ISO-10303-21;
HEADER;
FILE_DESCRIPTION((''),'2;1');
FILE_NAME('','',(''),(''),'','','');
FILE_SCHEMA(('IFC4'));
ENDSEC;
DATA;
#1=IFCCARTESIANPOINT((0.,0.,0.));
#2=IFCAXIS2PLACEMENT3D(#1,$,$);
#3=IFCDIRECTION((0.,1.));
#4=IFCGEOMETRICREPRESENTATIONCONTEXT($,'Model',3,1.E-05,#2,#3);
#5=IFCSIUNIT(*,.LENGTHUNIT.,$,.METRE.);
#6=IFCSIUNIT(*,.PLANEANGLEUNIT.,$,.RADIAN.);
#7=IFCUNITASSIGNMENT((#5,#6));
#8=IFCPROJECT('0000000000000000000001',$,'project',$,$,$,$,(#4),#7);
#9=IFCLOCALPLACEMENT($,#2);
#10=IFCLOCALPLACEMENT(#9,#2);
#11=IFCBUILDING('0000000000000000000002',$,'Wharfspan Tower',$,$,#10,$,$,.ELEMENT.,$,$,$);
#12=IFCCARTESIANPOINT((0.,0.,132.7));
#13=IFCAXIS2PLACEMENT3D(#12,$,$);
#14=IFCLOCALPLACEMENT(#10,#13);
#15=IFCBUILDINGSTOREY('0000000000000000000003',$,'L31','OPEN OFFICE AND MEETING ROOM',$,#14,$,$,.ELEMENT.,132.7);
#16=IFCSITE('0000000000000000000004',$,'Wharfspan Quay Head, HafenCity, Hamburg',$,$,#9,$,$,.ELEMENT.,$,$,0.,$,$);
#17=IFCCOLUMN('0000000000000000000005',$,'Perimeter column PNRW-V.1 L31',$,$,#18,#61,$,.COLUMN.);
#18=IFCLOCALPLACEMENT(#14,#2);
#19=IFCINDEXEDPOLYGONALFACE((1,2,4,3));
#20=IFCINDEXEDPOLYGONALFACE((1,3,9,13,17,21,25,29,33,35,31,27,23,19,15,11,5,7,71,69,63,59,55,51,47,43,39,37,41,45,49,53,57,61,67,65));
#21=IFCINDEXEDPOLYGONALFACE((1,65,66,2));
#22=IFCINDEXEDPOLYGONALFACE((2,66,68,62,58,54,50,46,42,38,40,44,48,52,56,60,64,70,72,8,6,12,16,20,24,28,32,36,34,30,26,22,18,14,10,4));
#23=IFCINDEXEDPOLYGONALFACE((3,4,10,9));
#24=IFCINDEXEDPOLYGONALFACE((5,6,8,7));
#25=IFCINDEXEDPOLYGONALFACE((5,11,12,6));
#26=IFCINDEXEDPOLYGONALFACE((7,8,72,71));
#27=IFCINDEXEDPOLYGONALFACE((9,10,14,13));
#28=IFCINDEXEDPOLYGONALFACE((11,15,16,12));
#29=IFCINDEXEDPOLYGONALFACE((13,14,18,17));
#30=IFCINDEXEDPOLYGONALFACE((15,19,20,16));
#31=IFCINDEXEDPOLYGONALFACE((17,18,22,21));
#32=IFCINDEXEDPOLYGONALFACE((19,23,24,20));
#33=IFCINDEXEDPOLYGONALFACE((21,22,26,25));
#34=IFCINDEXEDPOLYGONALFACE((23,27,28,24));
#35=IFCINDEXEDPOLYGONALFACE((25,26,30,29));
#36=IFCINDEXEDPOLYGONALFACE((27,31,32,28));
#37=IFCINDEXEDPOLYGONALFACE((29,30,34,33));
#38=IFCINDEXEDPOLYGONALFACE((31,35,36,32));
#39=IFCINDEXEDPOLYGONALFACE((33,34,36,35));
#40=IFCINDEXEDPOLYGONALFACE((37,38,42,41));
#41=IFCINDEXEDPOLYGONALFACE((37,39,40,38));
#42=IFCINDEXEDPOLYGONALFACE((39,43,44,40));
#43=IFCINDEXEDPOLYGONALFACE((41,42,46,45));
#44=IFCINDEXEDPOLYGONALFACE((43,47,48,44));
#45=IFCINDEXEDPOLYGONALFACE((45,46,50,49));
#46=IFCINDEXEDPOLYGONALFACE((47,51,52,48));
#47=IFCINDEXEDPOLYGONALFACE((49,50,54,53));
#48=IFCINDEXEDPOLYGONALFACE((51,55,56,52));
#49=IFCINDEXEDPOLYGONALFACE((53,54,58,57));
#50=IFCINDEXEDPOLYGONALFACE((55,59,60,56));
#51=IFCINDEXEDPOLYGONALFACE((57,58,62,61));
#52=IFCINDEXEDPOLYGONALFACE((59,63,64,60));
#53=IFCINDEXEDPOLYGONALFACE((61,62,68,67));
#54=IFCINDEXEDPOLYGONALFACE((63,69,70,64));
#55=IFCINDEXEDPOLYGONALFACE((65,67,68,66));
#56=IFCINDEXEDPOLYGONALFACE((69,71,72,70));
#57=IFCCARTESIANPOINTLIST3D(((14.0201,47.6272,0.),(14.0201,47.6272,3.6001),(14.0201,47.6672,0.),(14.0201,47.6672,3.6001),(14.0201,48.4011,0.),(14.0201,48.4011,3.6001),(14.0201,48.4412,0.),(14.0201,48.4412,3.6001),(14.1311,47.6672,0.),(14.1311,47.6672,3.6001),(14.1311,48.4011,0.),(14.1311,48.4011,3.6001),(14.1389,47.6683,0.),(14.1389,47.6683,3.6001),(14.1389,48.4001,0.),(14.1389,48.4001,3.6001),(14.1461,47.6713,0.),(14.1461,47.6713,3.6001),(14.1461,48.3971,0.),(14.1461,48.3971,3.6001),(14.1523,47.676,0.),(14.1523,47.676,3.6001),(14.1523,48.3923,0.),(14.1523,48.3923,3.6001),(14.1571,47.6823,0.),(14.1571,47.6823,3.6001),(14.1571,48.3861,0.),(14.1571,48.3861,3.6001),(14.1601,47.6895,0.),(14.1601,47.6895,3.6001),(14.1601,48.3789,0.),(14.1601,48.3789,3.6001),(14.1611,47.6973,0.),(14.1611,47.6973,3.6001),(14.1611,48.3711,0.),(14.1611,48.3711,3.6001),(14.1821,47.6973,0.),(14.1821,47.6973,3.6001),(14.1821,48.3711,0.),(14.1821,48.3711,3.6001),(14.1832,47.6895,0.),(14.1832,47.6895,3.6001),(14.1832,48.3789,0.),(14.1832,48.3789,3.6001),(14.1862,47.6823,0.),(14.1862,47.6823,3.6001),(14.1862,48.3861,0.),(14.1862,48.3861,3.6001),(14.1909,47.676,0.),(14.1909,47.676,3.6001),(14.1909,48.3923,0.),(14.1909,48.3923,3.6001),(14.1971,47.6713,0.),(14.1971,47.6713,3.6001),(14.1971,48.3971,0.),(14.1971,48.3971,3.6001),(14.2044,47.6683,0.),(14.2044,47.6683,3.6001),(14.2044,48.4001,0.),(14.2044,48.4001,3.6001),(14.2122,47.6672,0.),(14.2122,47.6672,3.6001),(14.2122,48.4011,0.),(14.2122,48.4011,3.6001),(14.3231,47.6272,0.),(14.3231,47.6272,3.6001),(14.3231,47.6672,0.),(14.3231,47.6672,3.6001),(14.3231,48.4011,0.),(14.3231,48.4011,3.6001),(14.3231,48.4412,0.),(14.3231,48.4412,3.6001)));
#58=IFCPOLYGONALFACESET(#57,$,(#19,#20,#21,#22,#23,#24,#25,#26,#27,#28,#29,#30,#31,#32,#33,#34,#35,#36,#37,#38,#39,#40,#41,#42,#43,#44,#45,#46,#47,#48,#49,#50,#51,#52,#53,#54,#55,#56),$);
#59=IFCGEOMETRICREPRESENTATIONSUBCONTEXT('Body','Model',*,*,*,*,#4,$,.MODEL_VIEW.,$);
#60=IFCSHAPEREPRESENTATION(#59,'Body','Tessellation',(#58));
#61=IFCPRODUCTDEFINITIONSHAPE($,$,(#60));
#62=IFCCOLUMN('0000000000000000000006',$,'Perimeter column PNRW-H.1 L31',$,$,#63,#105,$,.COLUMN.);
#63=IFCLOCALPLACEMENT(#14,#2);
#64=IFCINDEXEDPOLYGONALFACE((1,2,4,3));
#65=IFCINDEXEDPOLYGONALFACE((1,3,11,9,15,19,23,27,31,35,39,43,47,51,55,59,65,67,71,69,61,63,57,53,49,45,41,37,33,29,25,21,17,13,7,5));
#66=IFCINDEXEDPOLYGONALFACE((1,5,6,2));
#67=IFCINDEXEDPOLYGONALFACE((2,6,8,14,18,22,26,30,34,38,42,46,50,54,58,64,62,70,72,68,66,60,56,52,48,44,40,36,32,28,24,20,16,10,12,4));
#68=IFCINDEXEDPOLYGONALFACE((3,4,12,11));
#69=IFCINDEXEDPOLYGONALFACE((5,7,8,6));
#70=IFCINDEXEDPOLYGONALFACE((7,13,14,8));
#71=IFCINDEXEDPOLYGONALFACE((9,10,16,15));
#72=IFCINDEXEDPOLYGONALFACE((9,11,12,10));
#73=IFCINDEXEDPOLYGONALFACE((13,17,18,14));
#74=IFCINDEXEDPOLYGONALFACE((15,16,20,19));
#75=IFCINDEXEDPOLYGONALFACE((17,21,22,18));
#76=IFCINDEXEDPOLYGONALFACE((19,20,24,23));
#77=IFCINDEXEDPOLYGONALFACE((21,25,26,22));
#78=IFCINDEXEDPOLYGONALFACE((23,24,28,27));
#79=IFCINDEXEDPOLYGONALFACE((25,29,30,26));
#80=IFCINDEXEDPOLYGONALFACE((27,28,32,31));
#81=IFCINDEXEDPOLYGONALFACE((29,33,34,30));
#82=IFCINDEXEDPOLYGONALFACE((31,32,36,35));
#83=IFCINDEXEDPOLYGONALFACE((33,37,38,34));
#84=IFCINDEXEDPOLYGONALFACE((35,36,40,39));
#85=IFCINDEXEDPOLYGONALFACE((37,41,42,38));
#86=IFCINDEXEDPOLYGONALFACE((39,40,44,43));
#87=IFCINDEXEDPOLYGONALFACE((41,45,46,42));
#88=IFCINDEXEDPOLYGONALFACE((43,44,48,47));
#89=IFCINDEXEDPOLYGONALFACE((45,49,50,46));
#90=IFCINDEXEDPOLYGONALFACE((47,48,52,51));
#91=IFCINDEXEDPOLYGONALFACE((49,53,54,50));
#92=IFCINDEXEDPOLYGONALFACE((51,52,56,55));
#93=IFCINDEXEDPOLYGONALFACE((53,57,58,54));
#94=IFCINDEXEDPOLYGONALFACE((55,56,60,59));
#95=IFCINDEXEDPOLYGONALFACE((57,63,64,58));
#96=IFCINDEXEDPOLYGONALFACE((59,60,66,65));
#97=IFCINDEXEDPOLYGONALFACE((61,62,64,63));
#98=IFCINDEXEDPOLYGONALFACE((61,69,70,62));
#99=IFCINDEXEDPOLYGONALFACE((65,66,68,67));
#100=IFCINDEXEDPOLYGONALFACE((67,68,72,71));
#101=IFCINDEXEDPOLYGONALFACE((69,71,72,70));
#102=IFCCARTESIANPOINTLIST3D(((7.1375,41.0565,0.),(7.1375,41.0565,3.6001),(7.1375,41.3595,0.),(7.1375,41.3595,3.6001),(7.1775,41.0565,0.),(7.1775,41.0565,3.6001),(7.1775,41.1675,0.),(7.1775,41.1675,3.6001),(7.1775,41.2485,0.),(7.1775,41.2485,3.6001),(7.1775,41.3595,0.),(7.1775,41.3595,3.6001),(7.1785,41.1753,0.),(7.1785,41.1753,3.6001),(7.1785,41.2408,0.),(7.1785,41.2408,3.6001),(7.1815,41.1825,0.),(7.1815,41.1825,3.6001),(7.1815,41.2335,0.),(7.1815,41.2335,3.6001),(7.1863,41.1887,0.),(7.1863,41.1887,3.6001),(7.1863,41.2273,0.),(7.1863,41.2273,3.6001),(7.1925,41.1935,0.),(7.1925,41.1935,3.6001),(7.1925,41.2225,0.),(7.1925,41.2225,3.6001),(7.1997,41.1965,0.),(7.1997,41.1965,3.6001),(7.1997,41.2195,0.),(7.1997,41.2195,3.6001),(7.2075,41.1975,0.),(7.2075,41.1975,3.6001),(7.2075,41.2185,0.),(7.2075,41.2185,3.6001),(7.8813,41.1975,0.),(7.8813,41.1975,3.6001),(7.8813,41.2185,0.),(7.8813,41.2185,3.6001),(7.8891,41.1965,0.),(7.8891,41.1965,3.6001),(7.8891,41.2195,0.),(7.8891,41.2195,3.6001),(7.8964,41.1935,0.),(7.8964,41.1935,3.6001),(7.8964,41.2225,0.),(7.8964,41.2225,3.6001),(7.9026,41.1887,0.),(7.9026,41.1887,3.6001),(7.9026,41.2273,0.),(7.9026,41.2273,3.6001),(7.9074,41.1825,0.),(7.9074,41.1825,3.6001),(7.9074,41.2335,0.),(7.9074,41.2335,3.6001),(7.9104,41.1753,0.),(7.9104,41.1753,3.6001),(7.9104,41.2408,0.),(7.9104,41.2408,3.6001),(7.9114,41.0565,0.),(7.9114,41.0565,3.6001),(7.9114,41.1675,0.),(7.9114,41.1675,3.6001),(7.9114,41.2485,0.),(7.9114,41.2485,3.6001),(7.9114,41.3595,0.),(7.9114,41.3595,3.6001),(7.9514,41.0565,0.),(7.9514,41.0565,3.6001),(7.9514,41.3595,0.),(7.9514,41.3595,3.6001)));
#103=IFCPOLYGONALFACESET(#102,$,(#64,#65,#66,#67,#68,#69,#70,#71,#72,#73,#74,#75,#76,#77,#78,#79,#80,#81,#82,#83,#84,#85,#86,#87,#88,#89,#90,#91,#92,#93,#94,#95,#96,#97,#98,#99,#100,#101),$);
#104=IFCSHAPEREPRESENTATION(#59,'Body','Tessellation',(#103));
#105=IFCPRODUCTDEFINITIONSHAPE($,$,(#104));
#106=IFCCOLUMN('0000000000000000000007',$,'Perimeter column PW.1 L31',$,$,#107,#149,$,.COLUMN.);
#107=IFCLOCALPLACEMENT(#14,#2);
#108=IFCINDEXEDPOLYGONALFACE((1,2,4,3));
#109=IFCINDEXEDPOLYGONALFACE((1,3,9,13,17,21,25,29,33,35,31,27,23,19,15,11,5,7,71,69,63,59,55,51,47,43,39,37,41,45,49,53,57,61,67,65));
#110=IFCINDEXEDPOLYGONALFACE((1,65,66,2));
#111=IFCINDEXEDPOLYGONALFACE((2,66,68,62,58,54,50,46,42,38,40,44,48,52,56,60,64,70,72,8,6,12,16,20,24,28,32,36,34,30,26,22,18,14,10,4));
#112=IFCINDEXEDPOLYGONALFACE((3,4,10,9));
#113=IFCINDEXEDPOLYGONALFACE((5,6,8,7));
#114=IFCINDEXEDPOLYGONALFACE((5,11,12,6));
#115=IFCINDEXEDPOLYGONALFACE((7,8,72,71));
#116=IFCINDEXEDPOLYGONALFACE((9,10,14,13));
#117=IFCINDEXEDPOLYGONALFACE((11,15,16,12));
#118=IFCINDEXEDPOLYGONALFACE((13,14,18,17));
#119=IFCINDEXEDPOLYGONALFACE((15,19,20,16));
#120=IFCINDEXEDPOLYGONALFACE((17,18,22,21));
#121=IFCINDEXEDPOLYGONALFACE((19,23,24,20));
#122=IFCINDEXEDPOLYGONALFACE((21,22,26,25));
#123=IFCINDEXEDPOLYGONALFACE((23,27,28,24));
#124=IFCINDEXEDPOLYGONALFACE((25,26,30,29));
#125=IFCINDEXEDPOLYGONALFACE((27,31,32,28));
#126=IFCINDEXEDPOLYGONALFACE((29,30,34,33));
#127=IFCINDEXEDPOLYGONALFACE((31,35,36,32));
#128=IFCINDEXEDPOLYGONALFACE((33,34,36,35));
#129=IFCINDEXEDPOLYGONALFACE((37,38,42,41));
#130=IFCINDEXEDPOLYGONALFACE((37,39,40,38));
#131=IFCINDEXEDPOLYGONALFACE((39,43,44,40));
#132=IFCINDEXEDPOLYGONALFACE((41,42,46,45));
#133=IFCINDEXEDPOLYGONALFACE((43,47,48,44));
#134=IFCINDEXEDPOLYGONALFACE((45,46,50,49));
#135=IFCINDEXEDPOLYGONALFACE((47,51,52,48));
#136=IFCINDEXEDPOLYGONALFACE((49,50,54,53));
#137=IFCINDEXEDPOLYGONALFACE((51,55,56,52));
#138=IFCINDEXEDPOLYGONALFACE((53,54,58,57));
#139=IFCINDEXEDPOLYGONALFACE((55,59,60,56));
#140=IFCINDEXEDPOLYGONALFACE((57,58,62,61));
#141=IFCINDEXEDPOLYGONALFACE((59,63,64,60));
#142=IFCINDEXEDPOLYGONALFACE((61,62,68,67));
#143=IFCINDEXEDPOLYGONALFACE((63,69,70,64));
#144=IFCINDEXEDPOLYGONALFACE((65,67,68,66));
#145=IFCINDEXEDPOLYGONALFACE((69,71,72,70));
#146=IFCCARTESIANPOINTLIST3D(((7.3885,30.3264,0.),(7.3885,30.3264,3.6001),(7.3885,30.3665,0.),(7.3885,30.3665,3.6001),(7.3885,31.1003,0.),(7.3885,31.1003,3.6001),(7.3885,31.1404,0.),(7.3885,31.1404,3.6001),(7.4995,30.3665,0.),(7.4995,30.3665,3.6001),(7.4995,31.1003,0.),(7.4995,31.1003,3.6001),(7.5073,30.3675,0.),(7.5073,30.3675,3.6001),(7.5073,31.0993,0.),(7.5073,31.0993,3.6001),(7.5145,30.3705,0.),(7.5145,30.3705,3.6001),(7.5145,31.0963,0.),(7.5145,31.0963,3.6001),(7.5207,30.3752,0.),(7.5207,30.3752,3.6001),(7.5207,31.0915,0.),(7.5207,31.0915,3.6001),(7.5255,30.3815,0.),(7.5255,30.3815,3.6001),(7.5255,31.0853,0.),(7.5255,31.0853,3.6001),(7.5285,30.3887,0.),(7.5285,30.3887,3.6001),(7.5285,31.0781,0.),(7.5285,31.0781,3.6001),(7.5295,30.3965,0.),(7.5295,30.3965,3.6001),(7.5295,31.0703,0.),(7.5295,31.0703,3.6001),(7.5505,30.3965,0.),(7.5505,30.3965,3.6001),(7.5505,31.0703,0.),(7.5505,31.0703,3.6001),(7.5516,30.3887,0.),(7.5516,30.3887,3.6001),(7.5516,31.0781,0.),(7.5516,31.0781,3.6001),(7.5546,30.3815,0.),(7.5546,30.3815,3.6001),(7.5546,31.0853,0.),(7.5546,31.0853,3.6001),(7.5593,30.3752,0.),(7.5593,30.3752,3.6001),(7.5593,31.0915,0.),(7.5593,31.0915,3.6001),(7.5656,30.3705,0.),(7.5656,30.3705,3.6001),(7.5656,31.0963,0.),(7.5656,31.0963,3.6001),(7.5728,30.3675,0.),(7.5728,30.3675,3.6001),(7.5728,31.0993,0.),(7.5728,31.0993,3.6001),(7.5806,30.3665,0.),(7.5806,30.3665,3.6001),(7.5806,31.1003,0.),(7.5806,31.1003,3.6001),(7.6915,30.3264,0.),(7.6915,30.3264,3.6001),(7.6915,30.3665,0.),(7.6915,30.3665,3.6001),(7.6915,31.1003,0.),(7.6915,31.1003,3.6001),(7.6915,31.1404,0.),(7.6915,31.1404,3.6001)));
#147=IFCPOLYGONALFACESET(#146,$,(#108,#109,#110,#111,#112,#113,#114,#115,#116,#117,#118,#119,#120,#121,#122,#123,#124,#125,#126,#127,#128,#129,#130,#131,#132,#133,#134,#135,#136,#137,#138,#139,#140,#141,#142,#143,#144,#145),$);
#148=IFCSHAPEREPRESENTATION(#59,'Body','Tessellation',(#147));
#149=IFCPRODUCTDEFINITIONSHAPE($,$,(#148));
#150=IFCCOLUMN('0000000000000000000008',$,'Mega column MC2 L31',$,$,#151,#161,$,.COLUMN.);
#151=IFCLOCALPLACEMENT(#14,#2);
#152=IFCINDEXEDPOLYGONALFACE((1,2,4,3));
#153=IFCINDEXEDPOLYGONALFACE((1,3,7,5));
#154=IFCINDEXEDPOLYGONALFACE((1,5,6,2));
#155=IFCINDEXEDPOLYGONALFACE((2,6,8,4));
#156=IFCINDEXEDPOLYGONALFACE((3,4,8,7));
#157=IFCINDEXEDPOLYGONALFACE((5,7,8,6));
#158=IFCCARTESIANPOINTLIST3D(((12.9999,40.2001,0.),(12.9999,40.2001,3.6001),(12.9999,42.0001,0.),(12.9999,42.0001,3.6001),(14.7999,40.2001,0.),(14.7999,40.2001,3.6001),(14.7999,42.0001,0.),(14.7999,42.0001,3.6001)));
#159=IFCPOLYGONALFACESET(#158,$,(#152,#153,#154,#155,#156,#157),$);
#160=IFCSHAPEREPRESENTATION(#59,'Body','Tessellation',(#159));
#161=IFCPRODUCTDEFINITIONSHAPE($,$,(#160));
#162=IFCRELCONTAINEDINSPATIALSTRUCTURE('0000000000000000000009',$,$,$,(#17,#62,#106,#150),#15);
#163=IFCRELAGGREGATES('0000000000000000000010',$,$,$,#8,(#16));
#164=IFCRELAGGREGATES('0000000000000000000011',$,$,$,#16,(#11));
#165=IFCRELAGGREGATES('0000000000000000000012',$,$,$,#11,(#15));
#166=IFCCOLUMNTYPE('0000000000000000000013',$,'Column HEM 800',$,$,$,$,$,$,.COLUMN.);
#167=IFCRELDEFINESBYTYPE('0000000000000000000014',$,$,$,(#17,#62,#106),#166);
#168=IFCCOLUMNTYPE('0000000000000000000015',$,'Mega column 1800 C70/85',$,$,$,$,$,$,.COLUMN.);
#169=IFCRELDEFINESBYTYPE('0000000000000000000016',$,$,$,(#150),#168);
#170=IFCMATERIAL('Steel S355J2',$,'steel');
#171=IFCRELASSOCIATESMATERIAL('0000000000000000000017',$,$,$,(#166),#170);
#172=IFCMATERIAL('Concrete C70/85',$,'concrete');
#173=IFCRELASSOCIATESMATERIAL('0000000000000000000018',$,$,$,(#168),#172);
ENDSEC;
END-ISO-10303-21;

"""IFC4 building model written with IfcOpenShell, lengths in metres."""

from ifc_helpers import new_model, si_unit, direction, frame, origin, origin_2d, place, context, subcontext, project, spatial, rectangle, i_section, extrude, material, material_profile, profile_set, type_object, element, save


model = new_model("IFC4")

# Units and contexts
model_context = context("Model", 3, precision=1e-05, world=origin(), true_north=direction((0.0, 1.0)))
body_context = subcontext(model_context, "Body", "Model", "MODEL_VIEW")
ifc_project = project(units=[si_unit("LENGTHUNIT", "METRE"), si_unit("PLANEANGLEUNIT", "RADIAN")], contexts=[model_context])

# Site, building, storey
site_placement = place(None, origin())
site = spatial("IfcSite", under=ifc_project, at=site_placement, Name="Wharfspan Quay Head, HafenCity, Hamburg", CompositionType="ELEMENT", RefElevation=0.0)
building_placement = place(site_placement, origin())
building = spatial("IfcBuilding", under=site, at=building_placement, Name="Wharfspan Tower", CompositionType="ELEMENT")
storey_placement = place(building_placement, frame((0.0, 0.0, 132.7)))
storey = spatial("IfcBuildingStorey", under=building, at=storey_placement, Name="L31", Description="OPEN OFFICE AND MEETING ROOM", CompositionType="ELEMENT", Elevation=132.7)

# Columns
ifc_material_1 = material(Name="Steel S355J2", Category="steel")
ifc_material_profile_1 = material_profile(ifc_material_1, i_section(OverallWidth=0.303, OverallDepth=0.814, WebThickness=0.021, FlangeThickness=0.04, FilletRadius=0.03, at=origin_2d()))
ifc_profile_set_1 = profile_set([ifc_material_profile_1], Name="Steel S355J2")
column_type_1 = type_object("IfcColumnType", Name="Column HEM 800", PredefinedType="COLUMN", material=ifc_profile_set_1)
for number, where, z_axis, x_axis, name in (
    (1, (14.1716, 48.0342, 0.0), (0.0, 0.0, 1.0), (-1.0, 0.0, 0.0), "Perimeter column PNRW-V.1 L31"),
    (2, (7.5444, 41.208, 0.0), (0.0, 0.0, 1.0), (0.0, 1.0, 0.0), "Perimeter column PNRW-H.1 L31"),
    (3, (7.54, 30.7334, 0.0), (0.0, 0.0, 1.0), (-1.0, 0.0, 0.0), "Perimeter column PW.1 L31"),
):
    element("IfcColumn", number, at=place(storey_placement, frame(where, z_axis=z_axis, x_axis=x_axis)), inside=storey, type_object=column_type_1, Name=name, PredefinedType="COLUMN", context=body_context, shape_type="SweptSolid", body=[
        extrude(i_section(OverallWidth=0.303, OverallDepth=0.814, WebThickness=0.021, FlangeThickness=0.04, FilletRadius=0.03, at=origin_2d()), origin(), (0.0, 0.0, 1.0), 3.6001),
    ])
ifc_material_2 = material(Name="Concrete C70/85", Category="concrete")
ifc_material_profile_2 = material_profile(ifc_material_2, rectangle(XDim=1.8, YDim=1.8, at=origin_2d()))
ifc_profile_set_2 = profile_set([ifc_material_profile_2], Name="Concrete C70/85")
column_type_2 = type_object("IfcColumnType", Name="Mega column 1800 C70/85", PredefinedType="COLUMN", material=ifc_profile_set_2)
column_placement = place(storey_placement, frame((13.8999, 41.1001, 0.0), z_axis=(0.0, 0.0, 1.0), x_axis=(1.0, 0.0, 0.0)))
element("IfcColumn", 4, at=column_placement, inside=storey, type_object=column_type_2, Name="Mega column MC2 L31", PredefinedType="COLUMN", context=body_context, shape_type="SweptSolid", body=[
    extrude(rectangle(XDim=1.8, YDim=1.8, at=origin_2d()), origin(), (0.0, 0.0, 1.0), 3.6001),
])

save(model, "model.ifc")
